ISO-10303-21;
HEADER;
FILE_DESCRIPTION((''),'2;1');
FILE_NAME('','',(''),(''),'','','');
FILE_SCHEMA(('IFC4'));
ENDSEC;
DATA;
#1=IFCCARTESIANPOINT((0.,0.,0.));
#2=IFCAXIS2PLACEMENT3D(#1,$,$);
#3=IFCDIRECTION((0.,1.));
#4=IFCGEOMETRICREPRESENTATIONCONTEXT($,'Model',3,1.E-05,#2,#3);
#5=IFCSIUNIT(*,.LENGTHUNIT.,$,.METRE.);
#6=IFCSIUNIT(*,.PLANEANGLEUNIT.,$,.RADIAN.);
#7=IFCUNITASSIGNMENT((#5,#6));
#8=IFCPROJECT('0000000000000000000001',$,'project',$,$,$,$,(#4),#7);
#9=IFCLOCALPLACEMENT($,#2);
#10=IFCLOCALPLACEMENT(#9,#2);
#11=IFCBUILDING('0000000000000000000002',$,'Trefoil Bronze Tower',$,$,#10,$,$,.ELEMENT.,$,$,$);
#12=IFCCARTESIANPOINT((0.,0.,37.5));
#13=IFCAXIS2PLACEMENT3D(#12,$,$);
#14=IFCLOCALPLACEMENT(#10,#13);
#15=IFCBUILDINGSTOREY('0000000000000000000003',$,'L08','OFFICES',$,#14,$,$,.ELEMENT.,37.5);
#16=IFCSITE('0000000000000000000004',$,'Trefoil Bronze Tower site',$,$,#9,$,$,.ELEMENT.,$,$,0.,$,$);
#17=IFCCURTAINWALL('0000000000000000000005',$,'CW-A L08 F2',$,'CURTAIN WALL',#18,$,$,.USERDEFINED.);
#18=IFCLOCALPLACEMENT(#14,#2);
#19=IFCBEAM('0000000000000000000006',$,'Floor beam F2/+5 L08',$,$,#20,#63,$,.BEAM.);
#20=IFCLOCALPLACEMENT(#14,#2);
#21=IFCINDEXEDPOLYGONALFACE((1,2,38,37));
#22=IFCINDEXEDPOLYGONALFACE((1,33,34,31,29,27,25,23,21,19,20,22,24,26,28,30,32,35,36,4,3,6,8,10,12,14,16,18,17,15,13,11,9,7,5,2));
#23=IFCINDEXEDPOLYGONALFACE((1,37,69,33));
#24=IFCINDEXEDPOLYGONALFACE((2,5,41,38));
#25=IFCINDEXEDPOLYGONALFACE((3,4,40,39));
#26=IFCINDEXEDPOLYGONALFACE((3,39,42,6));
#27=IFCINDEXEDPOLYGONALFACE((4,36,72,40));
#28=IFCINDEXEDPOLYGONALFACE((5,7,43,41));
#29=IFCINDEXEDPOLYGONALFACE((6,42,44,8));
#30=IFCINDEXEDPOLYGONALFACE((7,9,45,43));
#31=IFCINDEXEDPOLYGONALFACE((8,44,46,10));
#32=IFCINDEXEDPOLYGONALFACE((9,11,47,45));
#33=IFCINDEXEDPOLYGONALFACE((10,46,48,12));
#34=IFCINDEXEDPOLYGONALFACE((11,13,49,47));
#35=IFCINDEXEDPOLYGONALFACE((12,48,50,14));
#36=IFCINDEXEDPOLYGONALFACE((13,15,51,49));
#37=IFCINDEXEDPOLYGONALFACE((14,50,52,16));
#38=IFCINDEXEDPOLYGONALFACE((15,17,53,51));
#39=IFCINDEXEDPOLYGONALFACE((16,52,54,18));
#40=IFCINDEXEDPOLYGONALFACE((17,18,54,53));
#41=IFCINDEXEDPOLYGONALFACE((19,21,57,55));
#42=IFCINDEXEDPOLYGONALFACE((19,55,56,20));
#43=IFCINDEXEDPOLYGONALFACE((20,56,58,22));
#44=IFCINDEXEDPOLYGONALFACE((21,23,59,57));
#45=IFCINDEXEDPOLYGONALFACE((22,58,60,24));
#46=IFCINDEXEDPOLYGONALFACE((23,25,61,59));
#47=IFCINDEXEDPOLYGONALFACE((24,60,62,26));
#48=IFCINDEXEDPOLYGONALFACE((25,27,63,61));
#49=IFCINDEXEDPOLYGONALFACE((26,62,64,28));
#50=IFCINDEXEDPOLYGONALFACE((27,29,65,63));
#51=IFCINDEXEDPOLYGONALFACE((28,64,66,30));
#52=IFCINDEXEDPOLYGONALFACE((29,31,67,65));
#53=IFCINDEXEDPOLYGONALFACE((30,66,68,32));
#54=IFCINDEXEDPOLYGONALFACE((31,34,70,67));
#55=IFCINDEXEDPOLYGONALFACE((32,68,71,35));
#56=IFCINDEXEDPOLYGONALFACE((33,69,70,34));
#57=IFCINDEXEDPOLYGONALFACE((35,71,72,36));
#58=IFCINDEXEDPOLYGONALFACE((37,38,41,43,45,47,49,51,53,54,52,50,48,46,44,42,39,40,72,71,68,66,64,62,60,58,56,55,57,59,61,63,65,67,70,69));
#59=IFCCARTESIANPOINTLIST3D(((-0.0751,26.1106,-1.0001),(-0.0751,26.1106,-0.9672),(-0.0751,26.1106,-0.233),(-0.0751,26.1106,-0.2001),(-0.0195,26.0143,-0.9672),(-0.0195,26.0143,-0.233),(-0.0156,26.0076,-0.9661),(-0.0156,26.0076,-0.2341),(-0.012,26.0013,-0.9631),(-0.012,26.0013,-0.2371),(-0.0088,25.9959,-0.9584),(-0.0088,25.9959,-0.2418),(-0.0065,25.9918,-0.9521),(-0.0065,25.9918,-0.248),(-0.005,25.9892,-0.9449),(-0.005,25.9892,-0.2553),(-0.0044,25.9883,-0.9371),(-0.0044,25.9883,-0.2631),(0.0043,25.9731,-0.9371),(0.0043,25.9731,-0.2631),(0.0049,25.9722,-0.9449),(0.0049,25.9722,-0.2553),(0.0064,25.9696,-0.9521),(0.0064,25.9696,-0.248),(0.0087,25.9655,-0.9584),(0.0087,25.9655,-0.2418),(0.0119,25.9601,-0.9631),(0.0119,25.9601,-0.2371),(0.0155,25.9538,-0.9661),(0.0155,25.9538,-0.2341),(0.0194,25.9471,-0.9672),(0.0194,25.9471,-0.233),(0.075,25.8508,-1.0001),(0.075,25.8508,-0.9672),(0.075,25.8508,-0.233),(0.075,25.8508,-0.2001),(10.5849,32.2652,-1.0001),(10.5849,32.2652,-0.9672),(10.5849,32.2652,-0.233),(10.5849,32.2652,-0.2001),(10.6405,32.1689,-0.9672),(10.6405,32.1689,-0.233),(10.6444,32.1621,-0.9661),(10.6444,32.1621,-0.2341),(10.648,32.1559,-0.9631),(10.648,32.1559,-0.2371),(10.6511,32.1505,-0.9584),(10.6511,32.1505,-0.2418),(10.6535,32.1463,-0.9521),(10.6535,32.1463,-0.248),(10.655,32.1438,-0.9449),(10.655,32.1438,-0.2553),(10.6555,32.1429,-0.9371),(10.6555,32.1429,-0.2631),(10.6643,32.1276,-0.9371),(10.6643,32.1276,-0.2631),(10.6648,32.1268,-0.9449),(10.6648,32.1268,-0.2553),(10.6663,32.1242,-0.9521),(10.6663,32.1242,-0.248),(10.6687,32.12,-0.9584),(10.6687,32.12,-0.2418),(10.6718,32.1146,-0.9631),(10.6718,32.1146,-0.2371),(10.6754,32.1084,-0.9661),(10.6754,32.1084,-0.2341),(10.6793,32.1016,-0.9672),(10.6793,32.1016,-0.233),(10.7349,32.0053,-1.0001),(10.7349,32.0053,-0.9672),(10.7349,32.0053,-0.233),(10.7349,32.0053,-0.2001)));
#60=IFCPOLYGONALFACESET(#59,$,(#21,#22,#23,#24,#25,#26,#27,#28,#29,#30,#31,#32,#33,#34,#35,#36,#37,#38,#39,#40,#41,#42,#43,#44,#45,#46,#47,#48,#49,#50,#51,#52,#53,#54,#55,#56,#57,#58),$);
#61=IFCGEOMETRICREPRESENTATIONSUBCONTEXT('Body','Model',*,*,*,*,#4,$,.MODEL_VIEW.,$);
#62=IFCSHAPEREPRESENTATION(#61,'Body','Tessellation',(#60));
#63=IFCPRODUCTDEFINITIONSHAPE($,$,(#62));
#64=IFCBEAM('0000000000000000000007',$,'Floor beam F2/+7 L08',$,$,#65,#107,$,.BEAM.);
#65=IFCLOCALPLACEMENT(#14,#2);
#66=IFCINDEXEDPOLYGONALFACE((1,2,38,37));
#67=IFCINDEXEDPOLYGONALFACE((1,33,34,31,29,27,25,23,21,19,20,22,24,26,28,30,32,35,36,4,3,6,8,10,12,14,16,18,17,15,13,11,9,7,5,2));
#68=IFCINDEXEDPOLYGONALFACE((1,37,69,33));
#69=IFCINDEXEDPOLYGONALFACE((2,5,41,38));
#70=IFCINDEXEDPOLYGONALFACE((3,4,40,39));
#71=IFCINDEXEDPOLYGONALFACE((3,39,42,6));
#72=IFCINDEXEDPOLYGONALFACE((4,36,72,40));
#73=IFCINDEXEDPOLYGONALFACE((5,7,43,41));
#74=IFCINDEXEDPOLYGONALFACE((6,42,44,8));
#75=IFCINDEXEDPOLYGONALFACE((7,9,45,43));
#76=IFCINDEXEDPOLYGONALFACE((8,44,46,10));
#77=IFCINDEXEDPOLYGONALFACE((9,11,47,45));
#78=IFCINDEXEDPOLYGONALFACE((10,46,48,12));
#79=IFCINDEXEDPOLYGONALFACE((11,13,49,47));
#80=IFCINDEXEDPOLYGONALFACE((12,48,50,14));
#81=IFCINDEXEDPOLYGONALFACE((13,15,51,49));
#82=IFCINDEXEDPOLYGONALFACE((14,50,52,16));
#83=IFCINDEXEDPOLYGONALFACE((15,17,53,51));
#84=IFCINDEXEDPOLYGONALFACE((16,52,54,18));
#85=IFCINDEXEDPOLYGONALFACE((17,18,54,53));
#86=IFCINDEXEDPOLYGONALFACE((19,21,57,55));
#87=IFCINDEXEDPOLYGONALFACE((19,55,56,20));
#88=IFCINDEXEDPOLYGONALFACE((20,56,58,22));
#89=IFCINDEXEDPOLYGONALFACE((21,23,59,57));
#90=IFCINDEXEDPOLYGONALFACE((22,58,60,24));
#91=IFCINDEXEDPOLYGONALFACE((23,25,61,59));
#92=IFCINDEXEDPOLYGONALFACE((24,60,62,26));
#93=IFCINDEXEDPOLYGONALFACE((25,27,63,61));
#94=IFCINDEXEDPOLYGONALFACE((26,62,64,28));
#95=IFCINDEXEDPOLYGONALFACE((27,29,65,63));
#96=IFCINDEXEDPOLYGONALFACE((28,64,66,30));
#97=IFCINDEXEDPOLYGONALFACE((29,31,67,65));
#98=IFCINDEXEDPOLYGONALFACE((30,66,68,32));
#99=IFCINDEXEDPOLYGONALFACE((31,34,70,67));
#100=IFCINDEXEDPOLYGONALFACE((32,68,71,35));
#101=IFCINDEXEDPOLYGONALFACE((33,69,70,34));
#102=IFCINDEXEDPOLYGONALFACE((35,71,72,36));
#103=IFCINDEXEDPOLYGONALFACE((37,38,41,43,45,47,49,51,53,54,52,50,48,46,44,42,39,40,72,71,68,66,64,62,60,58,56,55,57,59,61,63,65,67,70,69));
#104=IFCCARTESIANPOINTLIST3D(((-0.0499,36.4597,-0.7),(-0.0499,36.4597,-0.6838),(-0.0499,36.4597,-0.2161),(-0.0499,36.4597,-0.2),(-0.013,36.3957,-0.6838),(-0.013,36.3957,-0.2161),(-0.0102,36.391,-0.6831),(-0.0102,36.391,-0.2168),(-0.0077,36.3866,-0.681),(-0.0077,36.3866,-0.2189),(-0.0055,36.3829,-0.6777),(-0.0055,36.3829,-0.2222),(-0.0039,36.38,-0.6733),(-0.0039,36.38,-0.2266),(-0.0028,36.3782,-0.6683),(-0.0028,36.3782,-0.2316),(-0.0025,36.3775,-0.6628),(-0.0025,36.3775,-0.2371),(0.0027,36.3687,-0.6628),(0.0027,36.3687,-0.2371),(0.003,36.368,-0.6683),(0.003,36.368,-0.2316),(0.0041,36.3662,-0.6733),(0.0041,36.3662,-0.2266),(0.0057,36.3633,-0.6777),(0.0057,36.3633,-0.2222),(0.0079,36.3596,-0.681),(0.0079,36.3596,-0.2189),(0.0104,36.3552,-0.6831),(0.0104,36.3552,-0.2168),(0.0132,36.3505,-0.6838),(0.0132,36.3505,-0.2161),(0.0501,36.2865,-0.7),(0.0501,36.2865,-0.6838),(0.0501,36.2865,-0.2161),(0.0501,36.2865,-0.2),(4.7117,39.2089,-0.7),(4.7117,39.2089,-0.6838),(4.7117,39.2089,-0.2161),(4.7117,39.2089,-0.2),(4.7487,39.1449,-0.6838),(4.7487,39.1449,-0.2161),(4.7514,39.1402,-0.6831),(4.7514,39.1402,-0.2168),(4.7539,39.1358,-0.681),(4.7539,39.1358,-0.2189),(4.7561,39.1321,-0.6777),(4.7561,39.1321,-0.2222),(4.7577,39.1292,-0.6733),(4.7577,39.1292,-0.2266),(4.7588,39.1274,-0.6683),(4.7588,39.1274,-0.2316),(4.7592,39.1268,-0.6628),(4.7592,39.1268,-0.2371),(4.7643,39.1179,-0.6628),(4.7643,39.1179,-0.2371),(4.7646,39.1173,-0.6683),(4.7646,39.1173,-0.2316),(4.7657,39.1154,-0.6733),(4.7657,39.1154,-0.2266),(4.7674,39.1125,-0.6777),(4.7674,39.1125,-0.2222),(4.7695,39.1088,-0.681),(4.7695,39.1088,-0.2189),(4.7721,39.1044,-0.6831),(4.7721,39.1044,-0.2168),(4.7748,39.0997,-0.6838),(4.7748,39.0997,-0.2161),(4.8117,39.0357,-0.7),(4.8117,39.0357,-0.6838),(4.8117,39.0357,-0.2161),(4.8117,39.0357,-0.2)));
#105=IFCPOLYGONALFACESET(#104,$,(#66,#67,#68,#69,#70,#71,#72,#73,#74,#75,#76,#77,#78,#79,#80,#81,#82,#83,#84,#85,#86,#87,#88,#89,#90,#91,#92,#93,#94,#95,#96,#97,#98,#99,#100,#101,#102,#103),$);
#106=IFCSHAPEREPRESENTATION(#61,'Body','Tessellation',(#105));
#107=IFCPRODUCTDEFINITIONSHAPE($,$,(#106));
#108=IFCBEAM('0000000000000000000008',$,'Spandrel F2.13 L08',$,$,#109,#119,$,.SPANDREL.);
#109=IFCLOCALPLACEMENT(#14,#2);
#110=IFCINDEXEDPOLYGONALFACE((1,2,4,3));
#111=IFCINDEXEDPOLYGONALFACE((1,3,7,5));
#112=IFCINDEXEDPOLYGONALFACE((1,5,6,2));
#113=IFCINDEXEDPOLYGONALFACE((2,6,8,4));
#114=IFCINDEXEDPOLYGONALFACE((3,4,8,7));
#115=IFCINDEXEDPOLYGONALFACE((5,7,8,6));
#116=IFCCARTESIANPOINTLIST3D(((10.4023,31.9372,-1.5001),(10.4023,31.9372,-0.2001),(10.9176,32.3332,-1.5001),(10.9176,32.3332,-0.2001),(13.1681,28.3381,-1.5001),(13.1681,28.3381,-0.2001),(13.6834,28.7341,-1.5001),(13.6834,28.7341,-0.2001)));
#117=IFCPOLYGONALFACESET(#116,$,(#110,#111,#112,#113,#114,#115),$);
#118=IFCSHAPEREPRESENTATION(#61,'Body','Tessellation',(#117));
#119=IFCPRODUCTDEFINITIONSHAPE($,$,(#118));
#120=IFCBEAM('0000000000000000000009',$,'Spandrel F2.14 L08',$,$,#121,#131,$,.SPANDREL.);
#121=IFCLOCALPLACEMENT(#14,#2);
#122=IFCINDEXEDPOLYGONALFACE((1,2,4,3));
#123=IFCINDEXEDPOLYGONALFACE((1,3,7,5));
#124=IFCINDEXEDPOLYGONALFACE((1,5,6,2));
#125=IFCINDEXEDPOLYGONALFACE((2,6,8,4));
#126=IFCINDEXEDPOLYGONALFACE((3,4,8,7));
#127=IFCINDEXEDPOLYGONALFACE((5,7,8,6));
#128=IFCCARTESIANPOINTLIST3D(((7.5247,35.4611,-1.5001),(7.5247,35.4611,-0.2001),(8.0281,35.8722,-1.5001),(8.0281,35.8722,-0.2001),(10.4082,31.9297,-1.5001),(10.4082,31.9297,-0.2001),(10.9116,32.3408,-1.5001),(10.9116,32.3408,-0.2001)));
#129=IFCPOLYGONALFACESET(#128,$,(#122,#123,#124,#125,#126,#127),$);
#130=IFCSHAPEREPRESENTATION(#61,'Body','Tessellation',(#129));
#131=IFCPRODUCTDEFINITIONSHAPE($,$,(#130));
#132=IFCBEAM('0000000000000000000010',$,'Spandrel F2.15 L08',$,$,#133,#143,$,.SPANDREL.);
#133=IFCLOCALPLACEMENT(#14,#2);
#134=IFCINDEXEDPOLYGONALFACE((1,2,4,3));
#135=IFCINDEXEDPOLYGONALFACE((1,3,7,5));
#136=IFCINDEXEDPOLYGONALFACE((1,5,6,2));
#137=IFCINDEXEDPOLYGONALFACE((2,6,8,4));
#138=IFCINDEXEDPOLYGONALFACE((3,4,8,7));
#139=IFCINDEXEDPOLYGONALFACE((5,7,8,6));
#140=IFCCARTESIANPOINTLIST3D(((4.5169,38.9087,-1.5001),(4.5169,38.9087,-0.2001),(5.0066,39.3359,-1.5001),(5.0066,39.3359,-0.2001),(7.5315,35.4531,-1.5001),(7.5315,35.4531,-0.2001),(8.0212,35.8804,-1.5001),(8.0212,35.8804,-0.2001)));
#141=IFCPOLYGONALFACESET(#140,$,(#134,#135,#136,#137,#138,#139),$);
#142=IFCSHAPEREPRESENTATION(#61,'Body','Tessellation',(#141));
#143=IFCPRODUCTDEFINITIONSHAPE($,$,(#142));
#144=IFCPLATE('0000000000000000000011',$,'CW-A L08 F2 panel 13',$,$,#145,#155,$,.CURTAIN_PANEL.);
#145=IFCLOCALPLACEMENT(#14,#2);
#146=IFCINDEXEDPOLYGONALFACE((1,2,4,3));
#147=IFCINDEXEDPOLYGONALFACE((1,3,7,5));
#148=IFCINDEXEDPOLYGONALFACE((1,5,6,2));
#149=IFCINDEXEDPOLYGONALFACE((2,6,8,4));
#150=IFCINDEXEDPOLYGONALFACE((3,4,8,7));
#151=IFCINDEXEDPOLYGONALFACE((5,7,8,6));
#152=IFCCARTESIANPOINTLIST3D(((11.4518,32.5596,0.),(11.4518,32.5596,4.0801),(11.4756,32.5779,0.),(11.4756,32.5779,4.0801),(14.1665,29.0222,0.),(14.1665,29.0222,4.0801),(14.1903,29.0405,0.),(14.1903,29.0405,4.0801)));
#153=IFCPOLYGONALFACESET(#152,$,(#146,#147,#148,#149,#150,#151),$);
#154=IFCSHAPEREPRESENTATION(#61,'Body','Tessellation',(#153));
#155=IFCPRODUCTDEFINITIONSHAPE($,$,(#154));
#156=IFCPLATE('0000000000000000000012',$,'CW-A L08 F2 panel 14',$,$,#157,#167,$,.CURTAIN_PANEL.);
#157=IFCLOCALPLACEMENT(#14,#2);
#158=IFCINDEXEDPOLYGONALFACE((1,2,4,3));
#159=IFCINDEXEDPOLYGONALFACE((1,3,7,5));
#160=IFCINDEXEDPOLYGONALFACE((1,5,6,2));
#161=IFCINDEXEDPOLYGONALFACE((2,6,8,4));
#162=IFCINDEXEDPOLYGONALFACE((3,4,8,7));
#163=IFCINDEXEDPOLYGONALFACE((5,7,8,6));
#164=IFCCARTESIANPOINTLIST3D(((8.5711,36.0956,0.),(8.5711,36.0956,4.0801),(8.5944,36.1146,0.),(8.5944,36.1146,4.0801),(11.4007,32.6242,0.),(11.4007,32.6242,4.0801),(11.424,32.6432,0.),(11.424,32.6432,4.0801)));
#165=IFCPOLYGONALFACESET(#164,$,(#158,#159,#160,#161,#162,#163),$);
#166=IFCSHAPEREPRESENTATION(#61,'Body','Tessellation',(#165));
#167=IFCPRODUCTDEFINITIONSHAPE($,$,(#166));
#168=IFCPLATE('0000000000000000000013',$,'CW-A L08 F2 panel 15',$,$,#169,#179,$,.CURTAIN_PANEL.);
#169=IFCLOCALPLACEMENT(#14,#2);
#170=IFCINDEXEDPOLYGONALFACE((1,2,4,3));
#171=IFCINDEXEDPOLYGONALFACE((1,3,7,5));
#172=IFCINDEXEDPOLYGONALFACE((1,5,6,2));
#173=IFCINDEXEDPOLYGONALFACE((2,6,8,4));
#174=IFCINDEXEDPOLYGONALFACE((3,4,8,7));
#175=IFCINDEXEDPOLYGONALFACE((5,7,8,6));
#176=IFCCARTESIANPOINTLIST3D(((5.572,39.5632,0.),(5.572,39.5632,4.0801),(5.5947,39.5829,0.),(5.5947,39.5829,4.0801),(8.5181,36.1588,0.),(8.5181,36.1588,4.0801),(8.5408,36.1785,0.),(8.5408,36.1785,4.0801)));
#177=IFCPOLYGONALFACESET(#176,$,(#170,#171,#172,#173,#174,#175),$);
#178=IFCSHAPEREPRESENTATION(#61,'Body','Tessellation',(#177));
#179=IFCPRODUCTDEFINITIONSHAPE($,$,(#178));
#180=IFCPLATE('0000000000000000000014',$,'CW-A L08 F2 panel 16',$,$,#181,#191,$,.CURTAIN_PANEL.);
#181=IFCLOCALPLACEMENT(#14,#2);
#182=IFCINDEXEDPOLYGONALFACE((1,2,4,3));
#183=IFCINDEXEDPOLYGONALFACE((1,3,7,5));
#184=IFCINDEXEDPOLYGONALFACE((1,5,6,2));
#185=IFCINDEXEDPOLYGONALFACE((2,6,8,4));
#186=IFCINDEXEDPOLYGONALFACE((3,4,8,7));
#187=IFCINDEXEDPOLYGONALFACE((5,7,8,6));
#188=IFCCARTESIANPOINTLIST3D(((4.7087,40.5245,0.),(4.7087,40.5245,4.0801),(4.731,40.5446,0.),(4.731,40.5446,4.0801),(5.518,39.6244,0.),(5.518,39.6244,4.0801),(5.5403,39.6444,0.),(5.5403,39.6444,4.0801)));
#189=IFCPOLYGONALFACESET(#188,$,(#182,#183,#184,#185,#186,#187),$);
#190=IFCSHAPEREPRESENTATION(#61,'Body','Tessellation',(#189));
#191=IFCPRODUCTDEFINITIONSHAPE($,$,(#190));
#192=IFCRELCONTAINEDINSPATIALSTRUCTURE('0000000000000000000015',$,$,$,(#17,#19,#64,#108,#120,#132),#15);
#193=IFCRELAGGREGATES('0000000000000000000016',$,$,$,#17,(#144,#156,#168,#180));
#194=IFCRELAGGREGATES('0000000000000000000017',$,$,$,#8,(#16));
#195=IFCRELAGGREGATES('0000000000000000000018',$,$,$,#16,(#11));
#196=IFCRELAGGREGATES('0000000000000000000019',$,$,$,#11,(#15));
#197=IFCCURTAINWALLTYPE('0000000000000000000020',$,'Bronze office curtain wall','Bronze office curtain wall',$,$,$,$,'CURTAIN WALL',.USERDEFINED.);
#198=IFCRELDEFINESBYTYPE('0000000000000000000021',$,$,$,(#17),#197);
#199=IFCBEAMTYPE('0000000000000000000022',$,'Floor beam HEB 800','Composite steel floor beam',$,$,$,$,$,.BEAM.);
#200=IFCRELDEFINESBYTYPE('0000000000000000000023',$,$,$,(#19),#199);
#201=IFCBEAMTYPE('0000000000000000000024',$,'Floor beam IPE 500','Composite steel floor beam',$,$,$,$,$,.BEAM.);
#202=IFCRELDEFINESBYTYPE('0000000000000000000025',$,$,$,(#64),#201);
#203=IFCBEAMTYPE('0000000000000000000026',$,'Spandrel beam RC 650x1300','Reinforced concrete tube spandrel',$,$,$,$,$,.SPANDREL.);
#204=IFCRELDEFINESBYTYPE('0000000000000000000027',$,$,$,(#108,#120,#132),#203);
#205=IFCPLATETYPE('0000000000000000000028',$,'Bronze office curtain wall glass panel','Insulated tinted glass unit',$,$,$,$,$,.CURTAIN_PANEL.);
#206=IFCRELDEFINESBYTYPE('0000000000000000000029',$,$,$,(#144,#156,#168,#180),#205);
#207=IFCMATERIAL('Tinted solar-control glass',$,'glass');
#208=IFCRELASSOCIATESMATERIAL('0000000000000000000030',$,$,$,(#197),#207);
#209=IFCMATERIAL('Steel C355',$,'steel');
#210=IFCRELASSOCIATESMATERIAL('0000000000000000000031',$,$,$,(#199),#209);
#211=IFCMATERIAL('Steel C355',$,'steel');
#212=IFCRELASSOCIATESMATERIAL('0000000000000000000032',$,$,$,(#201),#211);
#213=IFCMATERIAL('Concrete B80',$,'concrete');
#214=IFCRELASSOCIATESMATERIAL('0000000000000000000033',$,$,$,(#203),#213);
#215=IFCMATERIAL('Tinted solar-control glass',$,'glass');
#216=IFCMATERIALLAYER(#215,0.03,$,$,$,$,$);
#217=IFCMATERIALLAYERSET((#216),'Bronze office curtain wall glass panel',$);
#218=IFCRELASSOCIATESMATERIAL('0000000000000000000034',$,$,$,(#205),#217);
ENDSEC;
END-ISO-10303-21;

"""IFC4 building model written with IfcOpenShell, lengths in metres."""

from ifc_helpers import new_model, si_unit, direction, frame, origin, origin_2d, place, context, subcontext, project, spatial, rectangle, i_section, extrude, material, layer, layer_set, material_profile, profile_set, type_object, element, aggregate, save


model = new_model("IFC4")

# Units and contexts
model_context = context("Model", 3, precision=1e-05, world=origin(), true_north=direction((0.0, 1.0)))
body_context = subcontext(model_context, "Body", "Model", "MODEL_VIEW")
ifc_project = project(units=[si_unit("LENGTHUNIT", "METRE"), si_unit("PLANEANGLEUNIT", "RADIAN")], contexts=[model_context])

# Site, building, storey
site_placement = place(None, origin())
site = spatial("IfcSite", under=ifc_project, at=site_placement, Name="Trefoil Bronze Tower site", CompositionType="ELEMENT", RefElevation=0.0)
building_placement = place(site_placement, origin())
building = spatial("IfcBuilding", under=site, at=building_placement, Name="Trefoil Bronze Tower", CompositionType="ELEMENT")
storey_placement = place(building_placement, frame((0.0, 0.0, 37.5)))
storey = spatial("IfcBuildingStorey", under=building, at=storey_placement, Name="L08", Description="OFFICES", CompositionType="ELEMENT", Elevation=37.5)

# Curtain wall
ifc_material_1 = material(Name="Tinted solar-control glass", Category="glass")
curtain_wall_type_1 = type_object("IfcCurtainWallType", Name="Bronze office curtain wall", Description="Bronze office curtain wall", ElementType="CURTAIN WALL", PredefinedType="USERDEFINED", material=ifc_material_1)
curtain_wall_1_placement = place(storey_placement, origin())
curtain_wall_1 = element("IfcCurtainWall", 1, at=curtain_wall_1_placement, inside=storey, type_object=curtain_wall_type_1, Name="CW-A L08 F2", ObjectType="CURTAIN WALL", PredefinedType="USERDEFINED")

# Beams
ifc_material_2 = material(Name="Steel C355", Category="steel")
ifc_material_profile_1 = material_profile(ifc_material_2, i_section(OverallWidth=0.3, OverallDepth=0.8, WebThickness=0.0176, FlangeThickness=0.033, FilletRadius=0.03, at=origin_2d()), Name="HEB 800")
ifc_profile_set_1 = profile_set([ifc_material_profile_1], Name="Steel C355")
beam_type_1 = type_object("IfcBeamType", Name="Floor beam HEB 800", Description="Composite steel floor beam", PredefinedType="BEAM", material=ifc_profile_set_1)
beam_1_placement = place(storey_placement, frame((10.6599, 32.1353, -0.6001), z_axis=(-0.866024, -0.500002, 0.0), x_axis=(0.500002, -0.866024, 0.0)))
element("IfcBeam", 2, at=beam_1_placement, inside=storey, type_object=beam_type_1, Name="Floor beam F2/+5 L08", PredefinedType="BEAM", context=body_context, shape_type="SweptSolid", body=[
    extrude(i_section(OverallWidth=0.3, OverallDepth=0.8, WebThickness=0.0176, FlangeThickness=0.033, FilletRadius=0.03, at=origin_2d()), origin(), (0.0, 0.0, 1.0), 12.3091),
])
ifc_material_3 = material(Name="Steel C355", Category="steel")
ifc_material_profile_2 = material_profile(ifc_material_3, i_section(OverallWidth=0.2, OverallDepth=0.5, WebThickness=0.0103, FlangeThickness=0.0161, FilletRadius=0.021, at=origin_2d()), Name="IPE 500")
ifc_profile_set_2 = profile_set([ifc_material_profile_2], Name="Steel C355")
beam_type_2 = type_object("IfcBeamType", Name="Floor beam IPE 500", Description="Composite steel floor beam", PredefinedType="BEAM", material=ifc_profile_set_2)
beam_2_placement = place(storey_placement, frame((4.7617, 39.1223, -0.45), z_axis=(-0.866018, -0.500012, 0.0), x_axis=(0.500012, -0.866018, 0.0)))
element("IfcBeam", 3, at=beam_2_placement, inside=storey, type_object=beam_type_2, Name="Floor beam F2/+7 L08", PredefinedType="BEAM", context=body_context, shape_type="SweptSolid", body=[
    extrude(i_section(OverallWidth=0.2, OverallDepth=0.5, WebThickness=0.0103, FlangeThickness=0.0161, FilletRadius=0.021, at=origin_2d()), origin(), (0.0, 0.0, 1.0), 5.4983),
])
ifc_material_4 = material(Name="Concrete B80", Category="concrete")
ifc_material_profile_3 = material_profile(ifc_material_4, rectangle(XDim=0.6499, YDim=1.3, at=origin_2d()), Name="RC 650x1300")
ifc_profile_set_3 = profile_set([ifc_material_profile_3], Name="Concrete B80")
beam_type_3 = type_object("IfcBeamType", Name="Spandrel beam RC 650x1300", Description="Reinforced concrete tube spandrel", PredefinedType="SPANDREL", material=ifc_profile_set_3)
beam_3_placement = place(storey_placement, frame((13.4258, 28.5361, -0.8501), z_axis=(-0.609339, 0.79291, 0.0), x_axis=(-0.79291, -0.609339, 0.0)))
element("IfcBeam", 4, at=beam_3_placement, inside=storey, type_object=beam_type_3, Name="Spandrel F2.13 L08", PredefinedType="SPANDREL", context=body_context, shape_type="SweptSolid", body=[
    extrude(rectangle(XDim=0.6499, YDim=1.3, at=origin_2d()), origin(), (0.0, 0.0, 1.0), 4.5391),
])
beam_4_placement = place(storey_placement, frame((10.6599, 32.1353, -0.8501), z_axis=(-0.632468, 0.774587, 0.0), x_axis=(-0.774587, -0.632468, 0.0)))
element("IfcBeam", 5, at=beam_4_placement, inside=storey, type_object=beam_type_3, Name="Spandrel F2.14 L08", PredefinedType="SPANDREL", context=body_context, shape_type="SweptSolid", body=[
    extrude(rectangle(XDim=0.6499, YDim=1.3, at=origin_2d()), origin(), (0.0, 0.0, 1.0), 4.5591),
])
beam_5_placement = place(storey_placement, frame((7.7764, 35.6667, -0.8501), z_axis=(-0.657396, 0.753545, 0.0), x_axis=(-0.753545, -0.657396, 0.0)))
element("IfcBeam", 6, at=beam_5_placement, inside=storey, type_object=beam_type_3, Name="Spandrel F2.15 L08", PredefinedType="SPANDREL", context=body_context, shape_type="SweptSolid", body=[
    extrude(rectangle(XDim=0.6499, YDim=1.3, at=origin_2d()), origin(), (0.0, 0.0, 1.0), 4.5857),
])

# Plates
ifc_material_5 = material(Name="Tinted solar-control glass", Category="glass")
ifc_layer_1 = layer(ifc_material_5, 0.03)
ifc_layer_set_1 = layer_set([ifc_layer_1], Name="Bronze office curtain wall glass panel")
plate_type_1 = type_object("IfcPlateType", Name="Bronze office curtain wall glass panel", Description="Insulated tinted glass unit", PredefinedType="CURTAIN_PANEL", material=ifc_layer_set_1)
plate_1_placement = place(storey_placement, frame((12.821, 30.8, 0.0), z_axis=(0.0, 0.0, 1.0), x_axis=(-0.608808, 0.793318, 0.0)))
plate_1 = element("IfcPlate", 7, at=plate_1_placement, type_object=plate_type_1, Name="CW-A L08 F2 panel 13", PredefinedType="CURTAIN_PANEL", context=body_context, shape_type="SweptSolid", body=[
    extrude(rectangle(XDim=4.459, YDim=0.03, at=origin_2d()), origin(), (0.0, 0.0, 1.0), 4.0801),
])
plate_2_placement = place(storey_placement, frame((9.9976, 34.3694, 0.0), z_axis=(0.0, 0.0, 1.0), x_axis=(-0.631811, 0.775123, 0.0)))
plate_2 = element("IfcPlate", 8, at=plate_2_placement, type_object=plate_type_1, Name="CW-A L08 F2 panel 14", PredefinedType="CURTAIN_PANEL", context=body_context, shape_type="SweptSolid", body=[
    extrude(rectangle(XDim=4.4785, YDim=0.03, at=origin_2d()), origin(), (0.0, 0.0, 1.0), 4.0801),
])
plate_3_placement = place(storey_placement, frame((7.0564, 37.8708, 0.0), z_axis=(0.0, 0.0, 1.0), x_axis=(-0.654376, 0.756169, 0.0)))
plate_3 = element("IfcPlate", 9, at=plate_3_placement, type_object=plate_type_1, Name="CW-A L08 F2 panel 15", PredefinedType="CURTAIN_PANEL", context=body_context, shape_type="SweptSolid", body=[
    extrude(rectangle(XDim=4.5022, YDim=0.03, at=origin_2d()), origin(), (0.0, 0.0, 1.0), 4.0801),
])
plate_4_placement = place(storey_placement, frame((5.1245, 40.0845, 0.0), z_axis=(0.0, 0.0, 1.0), x_axis=(-0.668575, 0.743645, 0.0)))
plate_4 = element("IfcPlate", 10, at=plate_4_placement, type_object=plate_type_1, Name="CW-A L08 F2 panel 16", PredefinedType="CURTAIN_PANEL", context=body_context, shape_type="SweptSolid", body=[
    extrude(rectangle(XDim=1.2104, YDim=0.03, at=origin_2d()), origin(), (0.0, 0.0, 1.0), 4.0801),
])
aggregate(curtain_wall_1, [plate_1, plate_2, plate_3, plate_4])

save(model, "model.ifc")
